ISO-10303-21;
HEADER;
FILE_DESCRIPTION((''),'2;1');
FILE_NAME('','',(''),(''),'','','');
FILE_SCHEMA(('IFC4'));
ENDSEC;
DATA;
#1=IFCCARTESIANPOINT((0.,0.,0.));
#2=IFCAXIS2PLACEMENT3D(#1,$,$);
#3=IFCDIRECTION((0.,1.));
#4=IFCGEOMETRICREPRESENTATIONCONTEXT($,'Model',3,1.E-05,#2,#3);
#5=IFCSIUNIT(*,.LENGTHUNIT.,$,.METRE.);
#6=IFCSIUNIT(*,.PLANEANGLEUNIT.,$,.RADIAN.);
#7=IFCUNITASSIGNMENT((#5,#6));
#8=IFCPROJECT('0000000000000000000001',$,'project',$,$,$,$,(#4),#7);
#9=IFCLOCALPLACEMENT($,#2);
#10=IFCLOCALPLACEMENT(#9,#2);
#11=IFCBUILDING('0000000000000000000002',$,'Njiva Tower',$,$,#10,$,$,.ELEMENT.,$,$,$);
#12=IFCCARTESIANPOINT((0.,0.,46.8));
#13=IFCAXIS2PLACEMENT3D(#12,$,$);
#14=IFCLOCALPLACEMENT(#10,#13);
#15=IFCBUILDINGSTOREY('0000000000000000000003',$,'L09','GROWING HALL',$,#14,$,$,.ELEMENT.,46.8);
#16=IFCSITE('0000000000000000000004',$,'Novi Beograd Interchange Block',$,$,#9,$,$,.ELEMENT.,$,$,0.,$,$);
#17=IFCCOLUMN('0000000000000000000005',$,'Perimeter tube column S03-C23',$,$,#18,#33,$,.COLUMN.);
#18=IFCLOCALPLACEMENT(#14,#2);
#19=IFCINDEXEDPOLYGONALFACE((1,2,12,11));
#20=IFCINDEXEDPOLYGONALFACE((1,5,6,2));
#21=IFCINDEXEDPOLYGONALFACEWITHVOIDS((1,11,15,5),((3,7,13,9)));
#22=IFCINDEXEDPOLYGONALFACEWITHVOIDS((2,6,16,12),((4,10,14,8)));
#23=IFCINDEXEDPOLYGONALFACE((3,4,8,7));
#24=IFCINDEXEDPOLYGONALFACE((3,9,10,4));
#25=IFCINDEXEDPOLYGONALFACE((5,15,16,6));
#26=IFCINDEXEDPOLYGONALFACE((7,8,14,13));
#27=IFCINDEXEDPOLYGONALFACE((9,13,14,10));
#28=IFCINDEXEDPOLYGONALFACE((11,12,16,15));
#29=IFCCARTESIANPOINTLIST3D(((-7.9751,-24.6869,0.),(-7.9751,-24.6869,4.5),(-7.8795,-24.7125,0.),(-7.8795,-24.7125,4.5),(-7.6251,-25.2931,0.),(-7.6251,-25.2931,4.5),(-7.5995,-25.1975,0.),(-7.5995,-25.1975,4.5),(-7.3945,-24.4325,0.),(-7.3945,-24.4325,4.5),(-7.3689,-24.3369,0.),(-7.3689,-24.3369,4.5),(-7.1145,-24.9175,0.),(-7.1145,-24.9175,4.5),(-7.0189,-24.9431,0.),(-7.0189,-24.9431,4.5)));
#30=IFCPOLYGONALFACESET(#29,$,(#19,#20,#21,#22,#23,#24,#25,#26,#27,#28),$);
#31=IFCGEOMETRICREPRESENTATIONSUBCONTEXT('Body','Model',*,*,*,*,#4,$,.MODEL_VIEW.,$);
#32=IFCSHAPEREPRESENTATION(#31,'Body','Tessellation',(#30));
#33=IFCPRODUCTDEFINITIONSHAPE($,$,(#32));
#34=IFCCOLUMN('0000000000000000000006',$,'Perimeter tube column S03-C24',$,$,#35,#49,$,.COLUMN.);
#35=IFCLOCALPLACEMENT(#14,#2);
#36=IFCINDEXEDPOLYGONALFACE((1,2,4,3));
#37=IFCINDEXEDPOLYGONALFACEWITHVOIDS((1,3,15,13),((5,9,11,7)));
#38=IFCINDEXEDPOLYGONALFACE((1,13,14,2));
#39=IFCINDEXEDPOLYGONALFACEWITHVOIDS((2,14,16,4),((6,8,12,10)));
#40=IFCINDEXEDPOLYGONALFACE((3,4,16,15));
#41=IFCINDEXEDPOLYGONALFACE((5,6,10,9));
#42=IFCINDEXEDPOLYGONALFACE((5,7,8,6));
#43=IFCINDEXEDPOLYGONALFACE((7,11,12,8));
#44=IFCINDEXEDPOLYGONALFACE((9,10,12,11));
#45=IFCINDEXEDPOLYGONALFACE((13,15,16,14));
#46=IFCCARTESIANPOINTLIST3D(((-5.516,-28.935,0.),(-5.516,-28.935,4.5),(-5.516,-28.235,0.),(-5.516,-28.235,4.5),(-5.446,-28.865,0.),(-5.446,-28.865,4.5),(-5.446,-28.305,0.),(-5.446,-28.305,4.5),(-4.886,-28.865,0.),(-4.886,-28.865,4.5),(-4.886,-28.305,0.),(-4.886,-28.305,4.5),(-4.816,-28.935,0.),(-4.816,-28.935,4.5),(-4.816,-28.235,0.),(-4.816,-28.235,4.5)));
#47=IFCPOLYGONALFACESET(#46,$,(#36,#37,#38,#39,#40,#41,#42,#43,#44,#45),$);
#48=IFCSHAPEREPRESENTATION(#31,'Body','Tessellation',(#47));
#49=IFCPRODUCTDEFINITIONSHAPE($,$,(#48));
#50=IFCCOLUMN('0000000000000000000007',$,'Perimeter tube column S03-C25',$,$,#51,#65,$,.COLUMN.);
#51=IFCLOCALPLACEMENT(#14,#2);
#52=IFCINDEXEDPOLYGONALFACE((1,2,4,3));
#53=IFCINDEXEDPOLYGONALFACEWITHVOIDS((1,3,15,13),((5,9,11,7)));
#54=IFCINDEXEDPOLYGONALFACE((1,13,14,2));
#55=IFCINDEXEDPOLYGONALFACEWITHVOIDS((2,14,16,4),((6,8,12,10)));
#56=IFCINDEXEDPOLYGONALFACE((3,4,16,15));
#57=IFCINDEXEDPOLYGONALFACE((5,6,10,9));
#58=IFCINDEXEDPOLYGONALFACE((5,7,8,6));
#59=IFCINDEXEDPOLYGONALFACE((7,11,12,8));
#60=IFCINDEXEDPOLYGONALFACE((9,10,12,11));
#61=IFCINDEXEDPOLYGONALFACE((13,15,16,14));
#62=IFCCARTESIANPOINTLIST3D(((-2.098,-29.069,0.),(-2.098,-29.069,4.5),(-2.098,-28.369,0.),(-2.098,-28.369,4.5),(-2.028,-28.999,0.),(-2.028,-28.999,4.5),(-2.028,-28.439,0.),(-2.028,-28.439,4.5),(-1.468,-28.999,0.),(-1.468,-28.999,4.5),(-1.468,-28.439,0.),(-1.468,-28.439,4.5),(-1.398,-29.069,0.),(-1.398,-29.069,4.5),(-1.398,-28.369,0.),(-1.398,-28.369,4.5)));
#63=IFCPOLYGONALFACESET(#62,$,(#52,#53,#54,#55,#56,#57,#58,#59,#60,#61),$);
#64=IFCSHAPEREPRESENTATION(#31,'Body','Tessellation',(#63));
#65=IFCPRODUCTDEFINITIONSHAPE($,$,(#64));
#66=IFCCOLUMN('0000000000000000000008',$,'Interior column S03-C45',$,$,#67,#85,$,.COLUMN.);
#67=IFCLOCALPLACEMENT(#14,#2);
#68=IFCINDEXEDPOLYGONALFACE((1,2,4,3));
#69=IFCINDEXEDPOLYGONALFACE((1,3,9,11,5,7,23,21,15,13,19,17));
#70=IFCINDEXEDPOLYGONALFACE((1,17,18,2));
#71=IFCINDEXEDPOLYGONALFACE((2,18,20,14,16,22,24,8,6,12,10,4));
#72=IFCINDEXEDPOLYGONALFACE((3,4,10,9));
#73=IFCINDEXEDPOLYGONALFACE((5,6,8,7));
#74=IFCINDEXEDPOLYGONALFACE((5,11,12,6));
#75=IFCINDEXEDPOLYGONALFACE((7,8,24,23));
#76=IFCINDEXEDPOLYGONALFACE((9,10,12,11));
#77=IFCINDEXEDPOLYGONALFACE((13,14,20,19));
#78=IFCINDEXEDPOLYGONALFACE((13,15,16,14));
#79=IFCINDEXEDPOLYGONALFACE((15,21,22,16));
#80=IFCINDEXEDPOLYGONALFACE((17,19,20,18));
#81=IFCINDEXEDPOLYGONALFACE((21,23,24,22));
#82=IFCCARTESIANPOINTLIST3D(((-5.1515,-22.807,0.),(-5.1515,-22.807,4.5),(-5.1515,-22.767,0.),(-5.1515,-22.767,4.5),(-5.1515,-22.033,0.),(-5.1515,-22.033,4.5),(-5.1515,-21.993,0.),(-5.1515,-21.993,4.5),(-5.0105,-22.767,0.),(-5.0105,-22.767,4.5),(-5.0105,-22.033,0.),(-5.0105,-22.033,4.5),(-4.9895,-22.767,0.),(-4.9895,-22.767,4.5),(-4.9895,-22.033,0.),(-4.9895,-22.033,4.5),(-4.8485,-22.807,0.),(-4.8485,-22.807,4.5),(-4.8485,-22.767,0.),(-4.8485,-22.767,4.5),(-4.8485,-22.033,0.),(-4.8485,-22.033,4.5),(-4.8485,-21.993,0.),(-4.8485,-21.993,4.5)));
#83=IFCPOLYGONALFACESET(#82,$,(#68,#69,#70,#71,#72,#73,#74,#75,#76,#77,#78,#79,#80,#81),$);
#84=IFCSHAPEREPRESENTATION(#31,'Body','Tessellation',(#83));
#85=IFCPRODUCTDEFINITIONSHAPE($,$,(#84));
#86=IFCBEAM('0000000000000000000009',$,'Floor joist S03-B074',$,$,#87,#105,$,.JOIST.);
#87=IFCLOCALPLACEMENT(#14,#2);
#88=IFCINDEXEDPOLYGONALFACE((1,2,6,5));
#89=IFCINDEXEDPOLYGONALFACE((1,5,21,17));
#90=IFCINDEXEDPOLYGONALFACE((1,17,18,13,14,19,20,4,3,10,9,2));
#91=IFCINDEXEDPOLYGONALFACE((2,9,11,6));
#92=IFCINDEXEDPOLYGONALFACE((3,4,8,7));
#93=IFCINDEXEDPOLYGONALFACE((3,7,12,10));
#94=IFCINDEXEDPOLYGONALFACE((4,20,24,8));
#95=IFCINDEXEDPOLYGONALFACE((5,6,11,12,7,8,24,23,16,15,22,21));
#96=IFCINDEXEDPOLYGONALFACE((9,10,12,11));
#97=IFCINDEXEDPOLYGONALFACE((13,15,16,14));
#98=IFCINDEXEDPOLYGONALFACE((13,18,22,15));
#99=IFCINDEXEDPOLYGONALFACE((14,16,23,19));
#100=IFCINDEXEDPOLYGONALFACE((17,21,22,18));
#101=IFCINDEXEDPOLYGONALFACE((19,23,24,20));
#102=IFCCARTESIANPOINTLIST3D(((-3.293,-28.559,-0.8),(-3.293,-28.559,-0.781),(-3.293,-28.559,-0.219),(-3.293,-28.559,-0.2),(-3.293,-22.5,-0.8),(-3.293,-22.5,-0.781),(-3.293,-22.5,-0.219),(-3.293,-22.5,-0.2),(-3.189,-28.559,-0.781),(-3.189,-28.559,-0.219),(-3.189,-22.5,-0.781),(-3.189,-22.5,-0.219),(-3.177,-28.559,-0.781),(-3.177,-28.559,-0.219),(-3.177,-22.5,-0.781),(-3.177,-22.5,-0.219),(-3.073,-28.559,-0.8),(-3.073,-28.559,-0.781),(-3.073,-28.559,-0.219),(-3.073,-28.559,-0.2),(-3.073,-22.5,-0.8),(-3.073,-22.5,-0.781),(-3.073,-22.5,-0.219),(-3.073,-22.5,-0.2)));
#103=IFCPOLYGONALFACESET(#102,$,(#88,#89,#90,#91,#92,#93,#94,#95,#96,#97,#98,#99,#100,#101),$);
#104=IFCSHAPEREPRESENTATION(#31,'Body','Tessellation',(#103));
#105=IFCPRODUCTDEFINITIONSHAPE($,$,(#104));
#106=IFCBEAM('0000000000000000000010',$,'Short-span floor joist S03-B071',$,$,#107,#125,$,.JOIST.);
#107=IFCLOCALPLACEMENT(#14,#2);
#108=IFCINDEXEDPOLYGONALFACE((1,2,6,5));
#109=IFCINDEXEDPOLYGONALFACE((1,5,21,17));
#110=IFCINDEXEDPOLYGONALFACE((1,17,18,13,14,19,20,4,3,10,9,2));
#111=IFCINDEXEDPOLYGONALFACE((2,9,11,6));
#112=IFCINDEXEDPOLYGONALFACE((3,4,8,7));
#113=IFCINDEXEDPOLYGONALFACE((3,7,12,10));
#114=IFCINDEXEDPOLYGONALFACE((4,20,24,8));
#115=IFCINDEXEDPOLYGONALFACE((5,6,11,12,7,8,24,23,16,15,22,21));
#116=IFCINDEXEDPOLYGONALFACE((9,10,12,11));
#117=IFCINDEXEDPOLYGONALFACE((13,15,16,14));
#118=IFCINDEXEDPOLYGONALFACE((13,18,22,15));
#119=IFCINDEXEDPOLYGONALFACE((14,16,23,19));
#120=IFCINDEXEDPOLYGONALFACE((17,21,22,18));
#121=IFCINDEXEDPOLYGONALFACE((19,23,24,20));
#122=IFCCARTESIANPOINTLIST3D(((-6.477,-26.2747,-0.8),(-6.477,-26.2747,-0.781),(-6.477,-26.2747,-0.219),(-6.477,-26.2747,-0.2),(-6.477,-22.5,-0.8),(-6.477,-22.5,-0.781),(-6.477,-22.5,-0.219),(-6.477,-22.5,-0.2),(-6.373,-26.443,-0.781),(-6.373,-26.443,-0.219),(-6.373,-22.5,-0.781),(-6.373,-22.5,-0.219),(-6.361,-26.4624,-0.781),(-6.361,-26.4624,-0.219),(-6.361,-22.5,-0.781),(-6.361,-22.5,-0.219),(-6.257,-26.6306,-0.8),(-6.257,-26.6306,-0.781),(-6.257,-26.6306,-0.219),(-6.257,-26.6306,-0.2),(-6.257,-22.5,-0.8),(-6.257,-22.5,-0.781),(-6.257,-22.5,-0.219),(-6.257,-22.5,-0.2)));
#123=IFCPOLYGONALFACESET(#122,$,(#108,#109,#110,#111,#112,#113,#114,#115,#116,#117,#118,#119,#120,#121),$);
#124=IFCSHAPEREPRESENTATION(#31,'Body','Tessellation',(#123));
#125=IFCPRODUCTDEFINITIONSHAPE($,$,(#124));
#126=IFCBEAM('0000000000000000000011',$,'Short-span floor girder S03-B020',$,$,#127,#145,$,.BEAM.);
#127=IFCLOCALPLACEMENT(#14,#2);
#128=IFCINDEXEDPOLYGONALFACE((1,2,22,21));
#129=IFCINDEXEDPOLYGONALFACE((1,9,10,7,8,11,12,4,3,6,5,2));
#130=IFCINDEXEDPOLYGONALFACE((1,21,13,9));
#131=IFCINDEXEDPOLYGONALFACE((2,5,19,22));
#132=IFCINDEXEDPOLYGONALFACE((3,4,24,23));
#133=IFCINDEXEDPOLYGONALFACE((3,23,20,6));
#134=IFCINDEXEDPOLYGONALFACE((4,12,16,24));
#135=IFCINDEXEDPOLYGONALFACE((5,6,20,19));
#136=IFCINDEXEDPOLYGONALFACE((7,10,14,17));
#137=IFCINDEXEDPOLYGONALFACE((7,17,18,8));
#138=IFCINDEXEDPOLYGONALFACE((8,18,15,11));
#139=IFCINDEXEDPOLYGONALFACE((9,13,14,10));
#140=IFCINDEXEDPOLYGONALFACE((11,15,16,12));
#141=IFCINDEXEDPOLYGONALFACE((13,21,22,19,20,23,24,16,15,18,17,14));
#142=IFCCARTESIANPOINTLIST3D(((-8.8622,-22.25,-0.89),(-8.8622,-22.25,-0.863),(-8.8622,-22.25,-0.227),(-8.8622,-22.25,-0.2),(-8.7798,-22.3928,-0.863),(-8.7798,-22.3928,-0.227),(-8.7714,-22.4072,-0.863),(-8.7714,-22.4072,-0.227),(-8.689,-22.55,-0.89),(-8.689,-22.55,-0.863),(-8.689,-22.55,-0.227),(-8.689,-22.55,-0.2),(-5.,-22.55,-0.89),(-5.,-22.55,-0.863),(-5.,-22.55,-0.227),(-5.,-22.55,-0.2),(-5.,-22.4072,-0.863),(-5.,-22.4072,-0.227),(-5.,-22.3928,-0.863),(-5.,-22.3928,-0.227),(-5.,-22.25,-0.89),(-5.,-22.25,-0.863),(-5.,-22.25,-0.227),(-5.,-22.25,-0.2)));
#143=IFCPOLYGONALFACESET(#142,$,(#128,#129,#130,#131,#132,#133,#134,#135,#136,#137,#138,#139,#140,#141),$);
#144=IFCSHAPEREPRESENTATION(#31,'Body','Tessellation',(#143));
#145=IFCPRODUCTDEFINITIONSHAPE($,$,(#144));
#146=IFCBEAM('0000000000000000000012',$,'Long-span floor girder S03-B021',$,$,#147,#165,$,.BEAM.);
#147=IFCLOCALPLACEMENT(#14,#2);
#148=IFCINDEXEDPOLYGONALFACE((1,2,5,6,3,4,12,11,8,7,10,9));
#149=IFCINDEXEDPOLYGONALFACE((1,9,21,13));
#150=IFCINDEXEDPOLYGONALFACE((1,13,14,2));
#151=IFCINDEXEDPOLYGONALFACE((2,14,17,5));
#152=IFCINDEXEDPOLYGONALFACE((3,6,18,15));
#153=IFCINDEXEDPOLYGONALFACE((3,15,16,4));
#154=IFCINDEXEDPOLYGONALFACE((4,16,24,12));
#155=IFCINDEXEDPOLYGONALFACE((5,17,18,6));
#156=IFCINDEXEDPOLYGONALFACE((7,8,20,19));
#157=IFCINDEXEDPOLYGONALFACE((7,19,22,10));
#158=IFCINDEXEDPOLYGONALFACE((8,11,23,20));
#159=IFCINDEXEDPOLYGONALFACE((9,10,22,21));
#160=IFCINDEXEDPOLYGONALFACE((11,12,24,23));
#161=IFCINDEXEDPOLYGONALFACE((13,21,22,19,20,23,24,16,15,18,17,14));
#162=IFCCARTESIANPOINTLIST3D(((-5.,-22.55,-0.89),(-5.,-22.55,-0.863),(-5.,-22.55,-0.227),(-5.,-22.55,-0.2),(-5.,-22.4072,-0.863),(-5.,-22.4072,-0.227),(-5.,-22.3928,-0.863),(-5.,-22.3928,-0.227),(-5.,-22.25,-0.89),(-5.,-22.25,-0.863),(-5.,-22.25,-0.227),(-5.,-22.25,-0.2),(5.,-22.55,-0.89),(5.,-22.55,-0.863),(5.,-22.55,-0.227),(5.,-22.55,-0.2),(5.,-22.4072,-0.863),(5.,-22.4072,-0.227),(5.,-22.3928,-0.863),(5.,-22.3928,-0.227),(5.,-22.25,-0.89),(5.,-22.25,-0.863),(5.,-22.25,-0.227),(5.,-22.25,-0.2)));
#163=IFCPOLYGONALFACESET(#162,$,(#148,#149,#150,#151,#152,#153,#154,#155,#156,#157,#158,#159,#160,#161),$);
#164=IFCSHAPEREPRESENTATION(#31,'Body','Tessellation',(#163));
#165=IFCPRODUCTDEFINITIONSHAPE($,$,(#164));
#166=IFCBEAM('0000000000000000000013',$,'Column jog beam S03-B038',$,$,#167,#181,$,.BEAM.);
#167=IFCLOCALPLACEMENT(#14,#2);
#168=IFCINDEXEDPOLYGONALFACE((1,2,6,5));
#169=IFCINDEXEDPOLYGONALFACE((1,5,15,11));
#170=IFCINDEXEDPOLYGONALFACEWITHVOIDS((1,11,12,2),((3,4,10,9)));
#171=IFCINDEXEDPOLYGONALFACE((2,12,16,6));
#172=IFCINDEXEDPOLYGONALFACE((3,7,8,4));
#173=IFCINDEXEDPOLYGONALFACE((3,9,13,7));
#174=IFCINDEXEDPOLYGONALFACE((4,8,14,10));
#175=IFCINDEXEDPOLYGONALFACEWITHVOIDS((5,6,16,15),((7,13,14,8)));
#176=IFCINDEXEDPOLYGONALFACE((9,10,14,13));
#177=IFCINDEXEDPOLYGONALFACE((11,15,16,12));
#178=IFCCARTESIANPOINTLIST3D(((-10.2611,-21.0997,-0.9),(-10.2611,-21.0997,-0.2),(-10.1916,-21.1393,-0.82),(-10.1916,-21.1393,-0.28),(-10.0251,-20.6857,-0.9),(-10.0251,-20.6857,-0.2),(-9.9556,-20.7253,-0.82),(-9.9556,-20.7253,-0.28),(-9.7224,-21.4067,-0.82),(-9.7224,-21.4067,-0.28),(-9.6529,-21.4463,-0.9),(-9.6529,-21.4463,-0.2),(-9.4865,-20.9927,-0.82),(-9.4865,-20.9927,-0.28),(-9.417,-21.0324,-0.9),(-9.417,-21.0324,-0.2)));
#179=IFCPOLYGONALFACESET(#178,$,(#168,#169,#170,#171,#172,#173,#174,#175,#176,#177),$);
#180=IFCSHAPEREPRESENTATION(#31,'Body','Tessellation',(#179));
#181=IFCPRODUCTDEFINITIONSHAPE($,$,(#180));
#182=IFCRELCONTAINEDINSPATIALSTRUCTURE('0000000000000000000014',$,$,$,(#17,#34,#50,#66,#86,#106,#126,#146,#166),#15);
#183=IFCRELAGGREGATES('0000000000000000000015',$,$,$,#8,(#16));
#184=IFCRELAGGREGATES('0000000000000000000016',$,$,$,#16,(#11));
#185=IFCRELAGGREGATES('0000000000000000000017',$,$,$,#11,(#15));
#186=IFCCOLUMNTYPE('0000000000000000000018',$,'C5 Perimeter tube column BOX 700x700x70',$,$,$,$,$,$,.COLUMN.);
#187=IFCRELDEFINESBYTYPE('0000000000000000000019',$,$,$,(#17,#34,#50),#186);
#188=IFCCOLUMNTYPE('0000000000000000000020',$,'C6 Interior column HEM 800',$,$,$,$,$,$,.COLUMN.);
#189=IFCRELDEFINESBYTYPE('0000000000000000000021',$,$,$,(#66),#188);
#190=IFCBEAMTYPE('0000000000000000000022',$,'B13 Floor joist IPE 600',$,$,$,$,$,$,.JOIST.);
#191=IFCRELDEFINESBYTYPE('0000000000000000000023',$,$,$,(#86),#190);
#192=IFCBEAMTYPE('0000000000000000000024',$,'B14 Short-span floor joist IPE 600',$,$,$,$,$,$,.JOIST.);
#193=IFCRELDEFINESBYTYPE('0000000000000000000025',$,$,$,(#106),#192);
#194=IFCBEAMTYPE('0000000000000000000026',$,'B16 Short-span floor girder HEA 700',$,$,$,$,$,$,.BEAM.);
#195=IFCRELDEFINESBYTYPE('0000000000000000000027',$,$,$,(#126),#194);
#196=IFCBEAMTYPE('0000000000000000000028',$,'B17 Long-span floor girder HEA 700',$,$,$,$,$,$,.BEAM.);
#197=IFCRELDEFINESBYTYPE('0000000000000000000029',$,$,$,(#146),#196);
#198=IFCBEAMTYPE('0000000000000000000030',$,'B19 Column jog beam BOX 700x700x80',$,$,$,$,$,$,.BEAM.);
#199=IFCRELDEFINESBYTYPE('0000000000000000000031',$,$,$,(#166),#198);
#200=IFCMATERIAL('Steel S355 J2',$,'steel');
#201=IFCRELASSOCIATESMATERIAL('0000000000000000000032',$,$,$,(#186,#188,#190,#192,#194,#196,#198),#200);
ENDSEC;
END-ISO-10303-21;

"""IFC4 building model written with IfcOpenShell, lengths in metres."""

from ifc_helpers import new_model, si_unit, direction, frame, origin, origin_2d, place, context, subcontext, project, spatial, hollow_rectangle, i_section, extrude, clip, halfspace, material, material_profile, profile_set, type_object, element, save


model = new_model("IFC4")

# Units and contexts
model_context = context("Model", 3, precision=1e-05, world=origin(), true_north=direction((0.0, 1.0)))
body_context = subcontext(model_context, "Body", "Model", "MODEL_VIEW")
ifc_project = project(units=[si_unit("LENGTHUNIT", "METRE"), si_unit("PLANEANGLEUNIT", "RADIAN")], contexts=[model_context])

# Site, building, storey
site_placement = place(None, origin())
site = spatial("IfcSite", under=ifc_project, at=site_placement, Name="Novi Beograd Interchange Block", CompositionType="ELEMENT", RefElevation=0.0)
building_placement = place(site_placement, origin())
building = spatial("IfcBuilding", under=site, at=building_placement, Name="Njiva Tower", CompositionType="ELEMENT")
storey_placement = place(building_placement, frame((0.0, 0.0, 46.8)))
storey = spatial("IfcBuildingStorey", under=building, at=storey_placement, Name="L09", Description="GROWING HALL", CompositionType="ELEMENT", Elevation=46.8)

# Columns
ifc_material_1 = material(Name="Steel S355 J2", Category="steel")
ifc_material_profile_1 = material_profile(ifc_material_1, hollow_rectangle(XDim=0.7, YDim=0.7, WallThickness=0.07, at=origin_2d()), Name="BOX 700x700x70")
ifc_profile_set_1 = profile_set([ifc_material_profile_1], Name="Steel S355 J2")
column_type_1 = type_object("IfcColumnType", Name="C5 Perimeter tube column BOX 700x700x70", PredefinedType="COLUMN", material=ifc_profile_set_1)
for number, where, z_axis, x_axis, name in (
    (1, (-7.497, -24.815, 0.0), (0.0, 0.0, 1.0), (0.5, -0.866025, 0.0), "Perimeter tube column S03-C23"),
    (2, (-5.166, -28.585, 0.0), (0.0, 0.0, 1.0), (1.0, 0.0, 0.0), "Perimeter tube column S03-C24"),
    (3, (-1.748, -28.719, 0.0), (0.0, 0.0, 1.0), (1.0, 0.0, 0.0), "Perimeter tube column S03-C25"),
):
    element("IfcColumn", number, at=place(storey_placement, frame(where, z_axis=z_axis, x_axis=x_axis)), inside=storey, type_object=column_type_1, Name=name, PredefinedType="COLUMN", context=body_context, shape_type="SweptSolid", body=[
        extrude(hollow_rectangle(XDim=0.7, YDim=0.7, WallThickness=0.07, at=origin_2d()), origin(), (0.0, 0.0, 1.0), 4.5),
    ])
ifc_material_profile_2 = material_profile(ifc_material_1, i_section(OverallWidth=0.303, OverallDepth=0.814, WebThickness=0.021, FlangeThickness=0.04, at=origin_2d()), Name="HEM 800")
ifc_profile_set_2 = profile_set([ifc_material_profile_2], Name="Steel S355 J2")
column_type_2 = type_object("IfcColumnType", Name="C6 Interior column HEM 800", PredefinedType="COLUMN", material=ifc_profile_set_2)
column_placement = place(storey_placement, frame((-5.0, -22.4, 0.0), z_axis=(0.0, 0.0, 1.0), x_axis=(1.0, 0.0, 0.0)))
element("IfcColumn", 4, at=column_placement, inside=storey, type_object=column_type_2, Name="Interior column S03-C45", PredefinedType="COLUMN", context=body_context, shape_type="SweptSolid", body=[
    extrude(i_section(OverallWidth=0.303, OverallDepth=0.814, WebThickness=0.021, FlangeThickness=0.04, at=origin_2d()), origin(), (0.0, 0.0, 1.0), 4.5),
])

# Beams
ifc_material_profile_3 = material_profile(ifc_material_1, i_section(OverallWidth=0.22, OverallDepth=0.6, WebThickness=0.012, FlangeThickness=0.019, at=origin_2d()), Name="IPE 600")
ifc_profile_set_3 = profile_set([ifc_material_profile_3], Name="Steel S355 J2")
beam_type_1 = type_object("IfcBeamType", Name="B13 Floor joist IPE 600", PredefinedType="JOIST", material=ifc_profile_set_3)
beam_1_placement = place(storey_placement, frame((-3.183, -22.5, -0.5), z_axis=(0.0, -1.0, 0.0), x_axis=(1.0, 0.0, 0.0)))
element("IfcBeam", 5, at=beam_1_placement, inside=storey, type_object=beam_type_1, Name="Floor joist S03-B074", PredefinedType="JOIST", context=body_context, shape_type="SweptSolid", body=[
    extrude(i_section(OverallWidth=0.22, OverallDepth=0.6, WebThickness=0.012, FlangeThickness=0.019, at=origin_2d()), origin(), (0.0, 0.0, 1.0), 6.059),
])
ifc_material_profile_4 = material_profile(ifc_material_1, i_section(OverallWidth=0.22, OverallDepth=0.6, WebThickness=0.012, FlangeThickness=0.019, at=origin_2d()), Name="IPE 600")
ifc_profile_set_4 = profile_set([ifc_material_profile_4], Name="Steel S355 J2")
beam_type_2 = type_object("IfcBeamType", Name="B14 Short-span floor joist IPE 600", PredefinedType="JOIST", material=ifc_profile_set_4)
beam_2_placement = place(storey_placement, frame((-6.367, -22.5, -0.5), z_axis=(0.0, -1.0, 0.0), x_axis=(1.0, 0.0, 0.0)))
element("IfcBeam", 6, at=beam_2_placement, inside=storey, type_object=beam_type_2, Name="Short-span floor joist S03-B071", PredefinedType="JOIST", context=body_context, shape_type="Clipping", body=[
    clip(extrude(i_section(OverallWidth=0.22, OverallDepth=0.6, WebThickness=0.012, FlangeThickness=0.019, at=origin_2d()), origin(), (0.0, 0.0, 1.0), 4.151), halfspace(frame((-0.0422, 0.0, 3.8844), z_axis=(-0.85062, 0.0, 0.52578), x_axis=(0.0, 1.0, 0.0)), False)),
])
ifc_material_profile_5 = material_profile(ifc_material_1, i_section(OverallWidth=0.3, OverallDepth=0.69, WebThickness=0.0145, FlangeThickness=0.027, at=origin_2d()), Name="HEA 700")
ifc_profile_set_5 = profile_set([ifc_material_profile_5], Name="Steel S355 J2")
beam_type_3 = type_object("IfcBeamType", Name="B16 Short-span floor girder HEA 700", PredefinedType="BEAM", material=ifc_profile_set_5)
beam_3_placement = place(storey_placement, frame((-8.883, -22.4, -0.545), z_axis=(1.0, 0.0, 0.0), x_axis=(0.0, 1.0, 0.0)))
element("IfcBeam", 7, at=beam_3_placement, inside=storey, type_object=beam_type_3, Name="Short-span floor girder S03-B020", PredefinedType="BEAM", context=body_context, shape_type="Clipping", body=[
    clip(extrude(i_section(OverallWidth=0.3, OverallDepth=0.69, WebThickness=0.0145, FlangeThickness=0.027, at=origin_2d()), origin(), (0.0, 0.0, 1.0), 3.883), halfspace(frame((-0.025, 0.0, 0.1218), z_axis=(-0.499998, 0.0, -0.866027), x_axis=(0.0, -1.0, 0.0)), False)),
])
ifc_material_profile_6 = material_profile(ifc_material_1, i_section(OverallWidth=0.3, OverallDepth=0.69, WebThickness=0.0145, FlangeThickness=0.027, at=origin_2d()), Name="HEA 700")
ifc_profile_set_6 = profile_set([ifc_material_profile_6], Name="Steel S355 J2")
beam_type_4 = type_object("IfcBeamType", Name="B17 Long-span floor girder HEA 700", PredefinedType="BEAM", material=ifc_profile_set_6)
beam_4_placement = place(storey_placement, frame((-5.0, -22.4, -0.545), z_axis=(1.0, 0.0, 0.0), x_axis=(0.0, 1.0, 0.0)))
element("IfcBeam", 8, at=beam_4_placement, inside=storey, type_object=beam_type_4, Name="Long-span floor girder S03-B021", PredefinedType="BEAM", context=body_context, shape_type="SweptSolid", body=[
    extrude(i_section(OverallWidth=0.3, OverallDepth=0.69, WebThickness=0.0145, FlangeThickness=0.027, at=origin_2d()), origin(), (0.0, 0.0, 1.0), 10.0),
])
ifc_material_profile_7 = material_profile(ifc_material_1, hollow_rectangle(XDim=0.7, YDim=0.7, WallThickness=0.08, at=origin_2d()), Name="BOX 700x700x80")
ifc_profile_set_7 = profile_set([ifc_material_profile_7], Name="Steel S355 J2")
beam_type_5 = type_object("IfcBeamType", Name="B19 Column jog beam BOX 700x700x80", PredefinedType="BEAM", material=ifc_profile_set_7)
beam_5_placement = place(storey_placement, frame((-9.957, -21.273, -0.55), z_axis=(0.495235, 0.868759, 0.0), x_axis=(-0.868759, 0.495235, 0.0)))
element("IfcBeam", 9, at=beam_5_placement, inside=storey, type_object=beam_type_5, Name="Column jog beam S03-B038", PredefinedType="BEAM", context=body_context, shape_type="SweptSolid", body=[
    extrude(hollow_rectangle(XDim=0.7, YDim=0.7, WallThickness=0.08, at=origin_2d()), origin(), (0.0, 0.0, 1.0), 0.4765),
])

save(model, "model.ifc")
